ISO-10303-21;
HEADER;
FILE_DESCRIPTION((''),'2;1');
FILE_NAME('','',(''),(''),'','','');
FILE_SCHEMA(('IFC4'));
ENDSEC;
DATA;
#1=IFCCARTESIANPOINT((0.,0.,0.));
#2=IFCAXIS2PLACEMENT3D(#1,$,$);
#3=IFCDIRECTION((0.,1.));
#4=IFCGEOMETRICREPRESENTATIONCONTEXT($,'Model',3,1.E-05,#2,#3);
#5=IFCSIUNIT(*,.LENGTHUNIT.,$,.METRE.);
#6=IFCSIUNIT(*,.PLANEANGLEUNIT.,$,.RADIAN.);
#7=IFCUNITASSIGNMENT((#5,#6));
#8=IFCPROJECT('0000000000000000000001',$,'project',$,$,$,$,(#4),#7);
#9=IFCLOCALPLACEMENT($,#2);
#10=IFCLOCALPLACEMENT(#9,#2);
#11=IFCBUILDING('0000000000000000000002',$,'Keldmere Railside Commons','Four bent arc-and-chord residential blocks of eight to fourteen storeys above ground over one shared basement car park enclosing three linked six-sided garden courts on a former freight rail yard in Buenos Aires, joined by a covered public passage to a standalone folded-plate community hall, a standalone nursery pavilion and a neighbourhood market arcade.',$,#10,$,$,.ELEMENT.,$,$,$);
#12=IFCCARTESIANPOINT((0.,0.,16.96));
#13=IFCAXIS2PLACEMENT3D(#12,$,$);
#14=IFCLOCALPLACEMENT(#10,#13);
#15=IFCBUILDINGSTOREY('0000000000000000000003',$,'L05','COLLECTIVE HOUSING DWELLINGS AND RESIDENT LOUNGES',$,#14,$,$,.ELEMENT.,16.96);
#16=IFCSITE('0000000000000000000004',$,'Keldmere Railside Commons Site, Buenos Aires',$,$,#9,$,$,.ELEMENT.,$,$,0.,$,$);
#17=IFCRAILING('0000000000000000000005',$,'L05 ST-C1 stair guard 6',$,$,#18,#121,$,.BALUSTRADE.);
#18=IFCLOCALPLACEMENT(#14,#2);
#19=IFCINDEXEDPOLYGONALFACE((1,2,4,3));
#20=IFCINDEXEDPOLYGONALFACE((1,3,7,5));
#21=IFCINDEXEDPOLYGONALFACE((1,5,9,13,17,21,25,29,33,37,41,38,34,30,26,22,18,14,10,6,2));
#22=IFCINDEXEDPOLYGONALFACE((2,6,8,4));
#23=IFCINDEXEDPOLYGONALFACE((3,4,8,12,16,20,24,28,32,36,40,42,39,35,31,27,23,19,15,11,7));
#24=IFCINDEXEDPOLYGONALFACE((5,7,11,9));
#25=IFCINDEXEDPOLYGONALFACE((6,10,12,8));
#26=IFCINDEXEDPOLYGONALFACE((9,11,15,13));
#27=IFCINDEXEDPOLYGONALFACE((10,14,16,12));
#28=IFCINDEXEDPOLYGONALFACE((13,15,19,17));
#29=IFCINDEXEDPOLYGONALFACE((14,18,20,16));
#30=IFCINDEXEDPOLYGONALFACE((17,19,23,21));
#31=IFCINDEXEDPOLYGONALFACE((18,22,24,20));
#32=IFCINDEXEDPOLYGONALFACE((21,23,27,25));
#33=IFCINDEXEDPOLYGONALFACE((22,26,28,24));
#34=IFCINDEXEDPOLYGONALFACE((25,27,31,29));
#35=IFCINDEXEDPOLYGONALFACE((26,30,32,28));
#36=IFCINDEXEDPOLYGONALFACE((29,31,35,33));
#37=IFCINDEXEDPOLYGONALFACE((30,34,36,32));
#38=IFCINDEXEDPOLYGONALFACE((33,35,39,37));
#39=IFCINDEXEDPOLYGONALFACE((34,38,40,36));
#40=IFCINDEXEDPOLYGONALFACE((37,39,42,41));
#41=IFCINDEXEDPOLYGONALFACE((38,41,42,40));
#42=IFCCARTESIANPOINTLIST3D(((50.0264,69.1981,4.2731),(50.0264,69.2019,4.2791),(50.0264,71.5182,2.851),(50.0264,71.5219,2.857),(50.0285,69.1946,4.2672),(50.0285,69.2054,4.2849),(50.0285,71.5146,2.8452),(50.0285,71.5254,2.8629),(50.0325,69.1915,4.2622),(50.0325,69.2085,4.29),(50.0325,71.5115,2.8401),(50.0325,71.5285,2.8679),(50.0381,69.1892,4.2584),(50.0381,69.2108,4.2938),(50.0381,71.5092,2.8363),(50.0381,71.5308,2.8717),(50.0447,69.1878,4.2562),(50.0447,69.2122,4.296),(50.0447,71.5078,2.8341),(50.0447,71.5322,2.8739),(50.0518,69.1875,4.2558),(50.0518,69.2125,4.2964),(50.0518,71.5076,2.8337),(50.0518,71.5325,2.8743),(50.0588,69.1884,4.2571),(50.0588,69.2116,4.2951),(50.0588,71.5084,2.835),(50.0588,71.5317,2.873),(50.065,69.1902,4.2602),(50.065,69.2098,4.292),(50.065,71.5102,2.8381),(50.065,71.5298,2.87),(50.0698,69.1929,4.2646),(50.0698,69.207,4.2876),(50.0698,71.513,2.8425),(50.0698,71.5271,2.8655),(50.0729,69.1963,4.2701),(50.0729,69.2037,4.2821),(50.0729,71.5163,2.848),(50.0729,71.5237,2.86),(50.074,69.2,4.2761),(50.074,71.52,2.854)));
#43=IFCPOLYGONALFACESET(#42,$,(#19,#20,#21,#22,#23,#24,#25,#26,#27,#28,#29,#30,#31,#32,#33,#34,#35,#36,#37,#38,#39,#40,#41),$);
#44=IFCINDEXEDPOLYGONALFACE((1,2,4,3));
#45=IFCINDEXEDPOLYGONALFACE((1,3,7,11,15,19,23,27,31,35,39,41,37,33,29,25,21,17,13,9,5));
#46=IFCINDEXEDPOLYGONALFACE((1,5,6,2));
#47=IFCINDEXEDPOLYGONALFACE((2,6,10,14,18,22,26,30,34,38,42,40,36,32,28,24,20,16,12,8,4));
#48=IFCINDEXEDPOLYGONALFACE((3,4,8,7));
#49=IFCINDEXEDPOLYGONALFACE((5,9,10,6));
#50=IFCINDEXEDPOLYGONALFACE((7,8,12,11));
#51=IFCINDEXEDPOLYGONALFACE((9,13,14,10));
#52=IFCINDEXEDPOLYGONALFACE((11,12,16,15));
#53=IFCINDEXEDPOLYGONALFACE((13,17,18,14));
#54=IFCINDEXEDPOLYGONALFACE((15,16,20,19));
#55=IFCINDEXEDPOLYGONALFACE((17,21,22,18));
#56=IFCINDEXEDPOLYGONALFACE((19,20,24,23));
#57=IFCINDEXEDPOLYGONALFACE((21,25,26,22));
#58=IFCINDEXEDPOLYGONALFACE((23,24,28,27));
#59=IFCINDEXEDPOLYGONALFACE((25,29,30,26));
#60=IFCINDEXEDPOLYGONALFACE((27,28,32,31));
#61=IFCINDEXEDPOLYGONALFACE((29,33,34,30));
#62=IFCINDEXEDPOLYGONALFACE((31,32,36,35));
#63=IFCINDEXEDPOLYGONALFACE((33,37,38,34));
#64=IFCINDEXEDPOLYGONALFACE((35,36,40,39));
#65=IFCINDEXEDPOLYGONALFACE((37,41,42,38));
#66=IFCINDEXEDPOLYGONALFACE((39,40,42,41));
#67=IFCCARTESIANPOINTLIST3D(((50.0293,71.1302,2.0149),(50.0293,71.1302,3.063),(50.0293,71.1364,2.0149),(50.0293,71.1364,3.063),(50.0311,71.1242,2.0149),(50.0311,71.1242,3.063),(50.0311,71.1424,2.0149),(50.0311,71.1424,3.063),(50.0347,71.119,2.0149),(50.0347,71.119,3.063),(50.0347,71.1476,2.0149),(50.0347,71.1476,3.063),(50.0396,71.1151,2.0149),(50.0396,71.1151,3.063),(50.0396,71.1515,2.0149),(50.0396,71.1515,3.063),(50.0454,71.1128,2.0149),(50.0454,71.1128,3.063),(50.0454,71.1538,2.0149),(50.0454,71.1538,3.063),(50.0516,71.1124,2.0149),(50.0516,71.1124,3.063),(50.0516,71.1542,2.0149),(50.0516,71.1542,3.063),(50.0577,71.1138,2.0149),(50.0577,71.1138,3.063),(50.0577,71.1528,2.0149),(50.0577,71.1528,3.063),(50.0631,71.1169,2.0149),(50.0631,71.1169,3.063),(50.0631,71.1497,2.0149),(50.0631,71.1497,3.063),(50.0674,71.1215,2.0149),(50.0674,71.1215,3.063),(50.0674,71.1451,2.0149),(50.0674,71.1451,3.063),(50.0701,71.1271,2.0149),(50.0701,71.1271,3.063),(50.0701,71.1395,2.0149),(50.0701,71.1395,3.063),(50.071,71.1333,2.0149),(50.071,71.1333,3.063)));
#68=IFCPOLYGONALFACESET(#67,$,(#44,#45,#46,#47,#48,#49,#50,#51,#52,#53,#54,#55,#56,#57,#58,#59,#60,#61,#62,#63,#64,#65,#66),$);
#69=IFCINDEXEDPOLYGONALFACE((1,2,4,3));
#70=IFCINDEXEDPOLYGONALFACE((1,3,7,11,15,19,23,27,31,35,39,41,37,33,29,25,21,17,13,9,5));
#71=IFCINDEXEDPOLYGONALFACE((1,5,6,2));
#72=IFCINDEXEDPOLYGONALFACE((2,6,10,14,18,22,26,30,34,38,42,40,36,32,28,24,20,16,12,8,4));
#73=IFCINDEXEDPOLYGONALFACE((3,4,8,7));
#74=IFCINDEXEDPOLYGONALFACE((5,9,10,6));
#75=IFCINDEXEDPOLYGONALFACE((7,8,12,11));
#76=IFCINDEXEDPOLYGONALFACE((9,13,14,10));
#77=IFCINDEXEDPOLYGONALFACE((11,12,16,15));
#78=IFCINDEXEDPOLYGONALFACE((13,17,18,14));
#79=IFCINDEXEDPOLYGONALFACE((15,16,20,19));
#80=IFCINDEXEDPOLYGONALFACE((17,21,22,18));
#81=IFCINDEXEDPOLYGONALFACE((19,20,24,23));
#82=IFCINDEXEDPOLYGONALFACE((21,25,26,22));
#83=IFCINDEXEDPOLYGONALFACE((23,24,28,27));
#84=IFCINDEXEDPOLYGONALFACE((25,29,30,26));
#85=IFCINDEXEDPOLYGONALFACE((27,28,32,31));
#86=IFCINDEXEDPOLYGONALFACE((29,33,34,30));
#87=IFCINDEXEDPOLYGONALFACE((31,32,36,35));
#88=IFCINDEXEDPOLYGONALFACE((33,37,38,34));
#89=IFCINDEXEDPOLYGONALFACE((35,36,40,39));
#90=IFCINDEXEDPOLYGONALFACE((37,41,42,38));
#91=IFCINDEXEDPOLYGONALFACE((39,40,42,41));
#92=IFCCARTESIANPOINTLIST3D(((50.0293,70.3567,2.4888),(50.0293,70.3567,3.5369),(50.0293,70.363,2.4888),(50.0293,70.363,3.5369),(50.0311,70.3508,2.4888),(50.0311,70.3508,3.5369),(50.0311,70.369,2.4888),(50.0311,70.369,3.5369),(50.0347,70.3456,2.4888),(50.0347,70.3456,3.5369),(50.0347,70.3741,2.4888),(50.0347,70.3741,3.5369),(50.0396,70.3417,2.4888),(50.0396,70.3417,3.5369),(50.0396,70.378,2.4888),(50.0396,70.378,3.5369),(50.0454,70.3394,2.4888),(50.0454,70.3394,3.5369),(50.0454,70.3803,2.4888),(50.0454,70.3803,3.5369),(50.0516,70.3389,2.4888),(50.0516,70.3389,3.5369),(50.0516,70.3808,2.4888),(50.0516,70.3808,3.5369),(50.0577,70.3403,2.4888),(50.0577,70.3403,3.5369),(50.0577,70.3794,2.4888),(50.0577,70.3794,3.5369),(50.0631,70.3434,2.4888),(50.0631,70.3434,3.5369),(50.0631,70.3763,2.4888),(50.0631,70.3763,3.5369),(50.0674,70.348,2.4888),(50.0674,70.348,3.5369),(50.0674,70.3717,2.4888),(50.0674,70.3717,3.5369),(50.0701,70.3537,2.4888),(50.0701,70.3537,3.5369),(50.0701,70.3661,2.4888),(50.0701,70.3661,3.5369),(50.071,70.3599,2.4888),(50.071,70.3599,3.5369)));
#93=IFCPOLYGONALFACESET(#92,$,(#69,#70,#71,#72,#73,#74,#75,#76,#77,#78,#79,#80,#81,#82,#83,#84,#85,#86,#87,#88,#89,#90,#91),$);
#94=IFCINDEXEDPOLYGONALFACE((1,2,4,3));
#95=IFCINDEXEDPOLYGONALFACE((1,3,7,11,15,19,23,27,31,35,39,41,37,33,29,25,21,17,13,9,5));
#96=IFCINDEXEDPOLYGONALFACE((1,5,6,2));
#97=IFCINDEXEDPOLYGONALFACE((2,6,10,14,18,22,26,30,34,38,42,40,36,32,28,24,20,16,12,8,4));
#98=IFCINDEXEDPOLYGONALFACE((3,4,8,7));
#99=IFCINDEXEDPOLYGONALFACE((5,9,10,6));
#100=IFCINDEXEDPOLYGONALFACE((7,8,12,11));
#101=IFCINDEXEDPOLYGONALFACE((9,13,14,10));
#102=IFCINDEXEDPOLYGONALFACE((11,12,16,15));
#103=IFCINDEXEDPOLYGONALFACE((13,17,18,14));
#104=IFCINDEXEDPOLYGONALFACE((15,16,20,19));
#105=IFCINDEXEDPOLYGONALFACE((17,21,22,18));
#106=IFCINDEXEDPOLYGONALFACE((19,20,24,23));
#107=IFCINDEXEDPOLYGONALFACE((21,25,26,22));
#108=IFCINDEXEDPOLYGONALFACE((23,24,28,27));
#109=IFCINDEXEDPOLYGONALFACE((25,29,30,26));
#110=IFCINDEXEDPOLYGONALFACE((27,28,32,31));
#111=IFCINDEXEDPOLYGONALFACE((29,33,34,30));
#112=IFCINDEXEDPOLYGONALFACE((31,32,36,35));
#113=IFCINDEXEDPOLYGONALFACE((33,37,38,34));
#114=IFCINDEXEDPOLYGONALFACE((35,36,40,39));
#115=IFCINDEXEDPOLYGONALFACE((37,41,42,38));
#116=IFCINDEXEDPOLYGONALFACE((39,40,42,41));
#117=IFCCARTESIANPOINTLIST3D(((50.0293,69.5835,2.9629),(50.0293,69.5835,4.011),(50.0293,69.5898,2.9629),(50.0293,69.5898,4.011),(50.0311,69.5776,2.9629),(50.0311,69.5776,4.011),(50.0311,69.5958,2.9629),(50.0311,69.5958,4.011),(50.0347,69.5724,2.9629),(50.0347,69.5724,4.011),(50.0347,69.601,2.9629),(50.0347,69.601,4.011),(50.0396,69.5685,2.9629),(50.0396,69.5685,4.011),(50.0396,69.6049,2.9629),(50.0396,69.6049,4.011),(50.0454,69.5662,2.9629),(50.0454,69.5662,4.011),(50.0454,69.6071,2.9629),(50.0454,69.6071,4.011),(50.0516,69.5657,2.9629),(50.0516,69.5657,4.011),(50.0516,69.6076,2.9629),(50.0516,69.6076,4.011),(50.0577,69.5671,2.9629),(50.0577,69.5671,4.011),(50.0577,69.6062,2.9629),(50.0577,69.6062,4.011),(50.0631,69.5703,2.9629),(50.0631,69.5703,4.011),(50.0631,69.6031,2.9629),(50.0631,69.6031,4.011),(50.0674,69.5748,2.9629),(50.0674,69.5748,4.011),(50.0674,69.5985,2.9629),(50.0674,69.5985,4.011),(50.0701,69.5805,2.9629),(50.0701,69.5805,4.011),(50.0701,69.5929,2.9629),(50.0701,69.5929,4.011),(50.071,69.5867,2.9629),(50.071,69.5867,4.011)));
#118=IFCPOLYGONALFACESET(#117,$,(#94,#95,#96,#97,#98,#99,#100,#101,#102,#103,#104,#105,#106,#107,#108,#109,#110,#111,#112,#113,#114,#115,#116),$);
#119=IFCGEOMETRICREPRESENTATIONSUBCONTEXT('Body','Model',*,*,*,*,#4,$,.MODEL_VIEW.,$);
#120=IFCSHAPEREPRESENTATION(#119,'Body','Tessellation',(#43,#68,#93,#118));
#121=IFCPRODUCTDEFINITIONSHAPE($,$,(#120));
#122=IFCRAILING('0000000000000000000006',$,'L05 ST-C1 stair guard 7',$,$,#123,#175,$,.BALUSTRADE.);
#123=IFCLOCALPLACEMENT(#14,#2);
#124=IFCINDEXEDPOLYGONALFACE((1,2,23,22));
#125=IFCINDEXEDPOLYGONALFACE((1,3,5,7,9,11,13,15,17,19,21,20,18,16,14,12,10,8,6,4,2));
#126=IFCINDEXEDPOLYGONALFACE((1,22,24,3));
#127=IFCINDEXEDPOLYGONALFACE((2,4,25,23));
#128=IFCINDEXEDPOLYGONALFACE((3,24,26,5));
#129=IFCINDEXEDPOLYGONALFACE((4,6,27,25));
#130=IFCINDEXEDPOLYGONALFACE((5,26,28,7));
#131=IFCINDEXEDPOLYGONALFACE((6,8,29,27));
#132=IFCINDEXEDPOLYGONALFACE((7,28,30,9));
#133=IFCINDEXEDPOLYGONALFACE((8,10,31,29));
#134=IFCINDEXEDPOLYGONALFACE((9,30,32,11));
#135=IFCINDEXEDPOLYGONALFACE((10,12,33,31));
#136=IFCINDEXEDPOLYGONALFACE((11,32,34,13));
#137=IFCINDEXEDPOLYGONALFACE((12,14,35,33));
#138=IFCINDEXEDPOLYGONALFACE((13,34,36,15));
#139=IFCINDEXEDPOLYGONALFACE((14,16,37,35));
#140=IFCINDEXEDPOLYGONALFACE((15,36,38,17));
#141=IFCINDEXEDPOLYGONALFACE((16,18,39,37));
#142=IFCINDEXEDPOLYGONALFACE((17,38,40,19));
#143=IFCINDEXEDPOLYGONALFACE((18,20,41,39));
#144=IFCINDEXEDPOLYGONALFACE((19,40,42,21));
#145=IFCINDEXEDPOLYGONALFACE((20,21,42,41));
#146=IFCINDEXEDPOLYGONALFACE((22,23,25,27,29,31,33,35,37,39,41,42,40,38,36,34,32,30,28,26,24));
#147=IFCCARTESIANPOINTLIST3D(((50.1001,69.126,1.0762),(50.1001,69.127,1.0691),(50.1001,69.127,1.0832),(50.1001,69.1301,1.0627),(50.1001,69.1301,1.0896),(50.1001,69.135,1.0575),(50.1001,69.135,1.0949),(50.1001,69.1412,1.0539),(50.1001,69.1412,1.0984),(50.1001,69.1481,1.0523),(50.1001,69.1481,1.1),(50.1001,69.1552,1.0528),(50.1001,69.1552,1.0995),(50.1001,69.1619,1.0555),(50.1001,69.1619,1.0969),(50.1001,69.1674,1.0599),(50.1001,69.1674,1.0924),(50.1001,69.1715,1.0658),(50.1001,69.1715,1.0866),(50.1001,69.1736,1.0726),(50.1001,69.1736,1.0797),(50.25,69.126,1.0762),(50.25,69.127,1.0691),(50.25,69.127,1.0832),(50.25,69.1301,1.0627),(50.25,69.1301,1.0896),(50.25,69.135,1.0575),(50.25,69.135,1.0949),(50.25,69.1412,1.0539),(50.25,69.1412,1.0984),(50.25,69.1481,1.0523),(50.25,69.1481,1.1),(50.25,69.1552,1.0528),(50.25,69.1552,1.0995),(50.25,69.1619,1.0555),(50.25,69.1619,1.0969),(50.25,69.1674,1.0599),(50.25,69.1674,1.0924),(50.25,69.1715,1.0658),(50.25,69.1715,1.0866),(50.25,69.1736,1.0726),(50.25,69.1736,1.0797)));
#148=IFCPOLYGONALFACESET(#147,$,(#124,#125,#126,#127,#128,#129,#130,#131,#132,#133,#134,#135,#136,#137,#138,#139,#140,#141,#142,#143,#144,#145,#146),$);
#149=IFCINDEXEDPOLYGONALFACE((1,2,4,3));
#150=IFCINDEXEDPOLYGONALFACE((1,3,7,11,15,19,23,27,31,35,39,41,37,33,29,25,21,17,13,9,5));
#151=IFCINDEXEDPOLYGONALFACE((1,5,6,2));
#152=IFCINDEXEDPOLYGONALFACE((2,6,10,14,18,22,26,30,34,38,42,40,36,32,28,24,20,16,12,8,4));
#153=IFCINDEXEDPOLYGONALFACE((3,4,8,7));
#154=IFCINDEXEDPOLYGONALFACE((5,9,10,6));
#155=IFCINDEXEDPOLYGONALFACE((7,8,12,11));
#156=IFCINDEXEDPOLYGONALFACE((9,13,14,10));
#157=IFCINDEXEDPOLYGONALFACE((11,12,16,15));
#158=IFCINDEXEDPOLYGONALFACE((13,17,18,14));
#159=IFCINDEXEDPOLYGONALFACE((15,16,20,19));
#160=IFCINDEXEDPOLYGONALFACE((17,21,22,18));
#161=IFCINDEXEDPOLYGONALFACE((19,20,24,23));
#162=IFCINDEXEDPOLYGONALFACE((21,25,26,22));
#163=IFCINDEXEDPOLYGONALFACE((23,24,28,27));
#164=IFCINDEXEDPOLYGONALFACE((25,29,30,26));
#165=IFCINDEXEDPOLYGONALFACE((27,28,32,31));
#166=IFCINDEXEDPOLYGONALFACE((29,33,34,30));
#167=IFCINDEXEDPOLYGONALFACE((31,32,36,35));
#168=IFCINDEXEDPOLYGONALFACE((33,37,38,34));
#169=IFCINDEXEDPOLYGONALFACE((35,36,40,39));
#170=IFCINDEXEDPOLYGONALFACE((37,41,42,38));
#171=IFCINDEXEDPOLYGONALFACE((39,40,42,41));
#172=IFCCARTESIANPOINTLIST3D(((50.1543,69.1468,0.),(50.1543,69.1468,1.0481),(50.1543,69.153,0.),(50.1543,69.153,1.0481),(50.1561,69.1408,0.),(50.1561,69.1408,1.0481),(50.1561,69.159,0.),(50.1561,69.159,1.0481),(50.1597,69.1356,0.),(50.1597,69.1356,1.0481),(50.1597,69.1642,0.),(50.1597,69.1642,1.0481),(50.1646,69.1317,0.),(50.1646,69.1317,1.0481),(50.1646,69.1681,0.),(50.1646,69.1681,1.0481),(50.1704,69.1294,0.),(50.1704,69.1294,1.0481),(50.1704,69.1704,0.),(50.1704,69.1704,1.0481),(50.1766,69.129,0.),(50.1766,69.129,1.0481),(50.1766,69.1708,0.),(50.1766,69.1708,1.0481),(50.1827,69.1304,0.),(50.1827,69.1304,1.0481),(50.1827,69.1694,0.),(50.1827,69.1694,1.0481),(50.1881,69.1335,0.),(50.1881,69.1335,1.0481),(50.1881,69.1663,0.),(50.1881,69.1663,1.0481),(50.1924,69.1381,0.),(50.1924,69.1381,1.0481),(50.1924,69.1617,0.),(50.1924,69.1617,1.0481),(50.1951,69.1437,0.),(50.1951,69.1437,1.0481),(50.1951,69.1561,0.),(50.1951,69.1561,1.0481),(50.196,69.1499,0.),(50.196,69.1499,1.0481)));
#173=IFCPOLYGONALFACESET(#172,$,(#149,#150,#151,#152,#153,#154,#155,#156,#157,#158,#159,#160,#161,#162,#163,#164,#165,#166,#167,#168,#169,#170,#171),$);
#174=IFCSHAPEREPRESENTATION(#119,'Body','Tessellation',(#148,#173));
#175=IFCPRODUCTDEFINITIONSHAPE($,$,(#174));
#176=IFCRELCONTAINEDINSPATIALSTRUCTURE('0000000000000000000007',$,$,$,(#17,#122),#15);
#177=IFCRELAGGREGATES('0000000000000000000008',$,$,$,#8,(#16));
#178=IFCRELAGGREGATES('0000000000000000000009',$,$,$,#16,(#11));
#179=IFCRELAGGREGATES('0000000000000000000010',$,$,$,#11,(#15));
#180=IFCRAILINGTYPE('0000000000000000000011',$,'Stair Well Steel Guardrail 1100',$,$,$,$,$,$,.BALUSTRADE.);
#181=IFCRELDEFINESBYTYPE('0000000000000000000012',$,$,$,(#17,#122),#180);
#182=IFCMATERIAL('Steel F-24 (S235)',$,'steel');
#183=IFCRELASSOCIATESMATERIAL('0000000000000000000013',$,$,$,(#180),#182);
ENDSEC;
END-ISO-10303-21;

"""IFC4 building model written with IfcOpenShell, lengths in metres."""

from ifc_helpers import new_model, si_unit, direction, frame, origin, origin_2d, place, context, subcontext, project, spatial, circle, extrude, material, type_object, element, save


model = new_model("IFC4")

# Units and contexts
model_context = context("Model", 3, precision=1e-05, world=origin(), true_north=direction((0.0, 1.0)))
body_context = subcontext(model_context, "Body", "Model", "MODEL_VIEW")
ifc_project = project(units=[si_unit("LENGTHUNIT", "METRE"), si_unit("PLANEANGLEUNIT", "RADIAN")], contexts=[model_context])

# Site, building, storey
site_placement = place(None, origin())
site = spatial("IfcSite", under=ifc_project, at=site_placement, Name="Keldmere Railside Commons Site, Buenos Aires", CompositionType="ELEMENT", RefElevation=0.0)
building_placement = place(site_placement, origin())
building = spatial("IfcBuilding", under=site, at=building_placement, Name="Keldmere Railside Commons", Description="Four bent arc-and-chord residential blocks of eight to fourteen storeys above ground over one shared basement car park enclosing three linked six-sided garden courts on a former freight rail yard in Buenos Aires, joined by a covered public passage to a standalone folded-plate community hall, a standalone nursery pavilion and a neighbourhood market arcade.", CompositionType="ELEMENT")
storey_placement = place(building_placement, frame((0.0, 0.0, 16.96)))
storey = spatial("IfcBuildingStorey", under=building, at=storey_placement, Name="L05", Description="COLLECTIVE HOUSING DWELLINGS AND RESIDENT LOUNGES", CompositionType="ELEMENT", Elevation=16.96)

# Railings
ifc_material_1 = material(Name="Steel F-24 (S235)", Category="steel")
railing_type_1 = type_object("IfcRailingType", Name="Stair Well Steel Guardrail 1100", PredefinedType="BALUSTRADE", material=ifc_material_1)
railing_1_placement = place(storey_placement, frame((50.05, 71.52, 1.7778)))
element("IfcRailing", 1, at=railing_1_placement, inside=storey, type_object=railing_type_1, Name="L05 ST-C1 stair guard 6", PredefinedType="BALUSTRADE", context=body_context, shape_type="SweptSolid", body=[
    extrude(circle(Radius=0.0239, at=origin_2d()), frame((0.0, 0.0, 1.0762), z_axis=(0.0, -0.852578, 0.5226), x_axis=(1.0, 0.0, 0.0)), (0.0, 0.0, 1.0), 2.7212),
    extrude(circle(Radius=0.021, at=origin_2d()), frame((0.0, -0.3867, 0.2371)), (0.0, 0.0, 1.0), 1.0481),
    extrude(circle(Radius=0.021, at=origin_2d()), frame((0.0, -1.1602, 0.7109)), (0.0, 0.0, 1.0), 1.0481),
    extrude(circle(Radius=0.021, at=origin_2d()), frame((0.0, -1.9333, 1.1851)), (0.0, 0.0, 1.0), 1.0481),
])
railing_2_placement = place(storey_placement, frame((50.25, 69.1499, 0.0)))
element("IfcRailing", 2, at=railing_2_placement, inside=storey, type_object=railing_type_1, Name="L05 ST-C1 stair guard 7", PredefinedType="BALUSTRADE", context=body_context, shape_type="SweptSolid", body=[
    extrude(circle(Radius=0.0239, at=origin_2d()), frame((0.0, 0.0, 1.0762), z_axis=(-1.0, 0.0, 0.0), x_axis=(0.0, -1.0, 0.0)), (0.0, 0.0, 1.0), 0.1499),
    extrude(circle(Radius=0.021, at=origin_2d()), frame((-0.075, 0.0, 0.0)), (0.0, 0.0, 1.0), 1.0481),
])

save(model, "model.ifc")
